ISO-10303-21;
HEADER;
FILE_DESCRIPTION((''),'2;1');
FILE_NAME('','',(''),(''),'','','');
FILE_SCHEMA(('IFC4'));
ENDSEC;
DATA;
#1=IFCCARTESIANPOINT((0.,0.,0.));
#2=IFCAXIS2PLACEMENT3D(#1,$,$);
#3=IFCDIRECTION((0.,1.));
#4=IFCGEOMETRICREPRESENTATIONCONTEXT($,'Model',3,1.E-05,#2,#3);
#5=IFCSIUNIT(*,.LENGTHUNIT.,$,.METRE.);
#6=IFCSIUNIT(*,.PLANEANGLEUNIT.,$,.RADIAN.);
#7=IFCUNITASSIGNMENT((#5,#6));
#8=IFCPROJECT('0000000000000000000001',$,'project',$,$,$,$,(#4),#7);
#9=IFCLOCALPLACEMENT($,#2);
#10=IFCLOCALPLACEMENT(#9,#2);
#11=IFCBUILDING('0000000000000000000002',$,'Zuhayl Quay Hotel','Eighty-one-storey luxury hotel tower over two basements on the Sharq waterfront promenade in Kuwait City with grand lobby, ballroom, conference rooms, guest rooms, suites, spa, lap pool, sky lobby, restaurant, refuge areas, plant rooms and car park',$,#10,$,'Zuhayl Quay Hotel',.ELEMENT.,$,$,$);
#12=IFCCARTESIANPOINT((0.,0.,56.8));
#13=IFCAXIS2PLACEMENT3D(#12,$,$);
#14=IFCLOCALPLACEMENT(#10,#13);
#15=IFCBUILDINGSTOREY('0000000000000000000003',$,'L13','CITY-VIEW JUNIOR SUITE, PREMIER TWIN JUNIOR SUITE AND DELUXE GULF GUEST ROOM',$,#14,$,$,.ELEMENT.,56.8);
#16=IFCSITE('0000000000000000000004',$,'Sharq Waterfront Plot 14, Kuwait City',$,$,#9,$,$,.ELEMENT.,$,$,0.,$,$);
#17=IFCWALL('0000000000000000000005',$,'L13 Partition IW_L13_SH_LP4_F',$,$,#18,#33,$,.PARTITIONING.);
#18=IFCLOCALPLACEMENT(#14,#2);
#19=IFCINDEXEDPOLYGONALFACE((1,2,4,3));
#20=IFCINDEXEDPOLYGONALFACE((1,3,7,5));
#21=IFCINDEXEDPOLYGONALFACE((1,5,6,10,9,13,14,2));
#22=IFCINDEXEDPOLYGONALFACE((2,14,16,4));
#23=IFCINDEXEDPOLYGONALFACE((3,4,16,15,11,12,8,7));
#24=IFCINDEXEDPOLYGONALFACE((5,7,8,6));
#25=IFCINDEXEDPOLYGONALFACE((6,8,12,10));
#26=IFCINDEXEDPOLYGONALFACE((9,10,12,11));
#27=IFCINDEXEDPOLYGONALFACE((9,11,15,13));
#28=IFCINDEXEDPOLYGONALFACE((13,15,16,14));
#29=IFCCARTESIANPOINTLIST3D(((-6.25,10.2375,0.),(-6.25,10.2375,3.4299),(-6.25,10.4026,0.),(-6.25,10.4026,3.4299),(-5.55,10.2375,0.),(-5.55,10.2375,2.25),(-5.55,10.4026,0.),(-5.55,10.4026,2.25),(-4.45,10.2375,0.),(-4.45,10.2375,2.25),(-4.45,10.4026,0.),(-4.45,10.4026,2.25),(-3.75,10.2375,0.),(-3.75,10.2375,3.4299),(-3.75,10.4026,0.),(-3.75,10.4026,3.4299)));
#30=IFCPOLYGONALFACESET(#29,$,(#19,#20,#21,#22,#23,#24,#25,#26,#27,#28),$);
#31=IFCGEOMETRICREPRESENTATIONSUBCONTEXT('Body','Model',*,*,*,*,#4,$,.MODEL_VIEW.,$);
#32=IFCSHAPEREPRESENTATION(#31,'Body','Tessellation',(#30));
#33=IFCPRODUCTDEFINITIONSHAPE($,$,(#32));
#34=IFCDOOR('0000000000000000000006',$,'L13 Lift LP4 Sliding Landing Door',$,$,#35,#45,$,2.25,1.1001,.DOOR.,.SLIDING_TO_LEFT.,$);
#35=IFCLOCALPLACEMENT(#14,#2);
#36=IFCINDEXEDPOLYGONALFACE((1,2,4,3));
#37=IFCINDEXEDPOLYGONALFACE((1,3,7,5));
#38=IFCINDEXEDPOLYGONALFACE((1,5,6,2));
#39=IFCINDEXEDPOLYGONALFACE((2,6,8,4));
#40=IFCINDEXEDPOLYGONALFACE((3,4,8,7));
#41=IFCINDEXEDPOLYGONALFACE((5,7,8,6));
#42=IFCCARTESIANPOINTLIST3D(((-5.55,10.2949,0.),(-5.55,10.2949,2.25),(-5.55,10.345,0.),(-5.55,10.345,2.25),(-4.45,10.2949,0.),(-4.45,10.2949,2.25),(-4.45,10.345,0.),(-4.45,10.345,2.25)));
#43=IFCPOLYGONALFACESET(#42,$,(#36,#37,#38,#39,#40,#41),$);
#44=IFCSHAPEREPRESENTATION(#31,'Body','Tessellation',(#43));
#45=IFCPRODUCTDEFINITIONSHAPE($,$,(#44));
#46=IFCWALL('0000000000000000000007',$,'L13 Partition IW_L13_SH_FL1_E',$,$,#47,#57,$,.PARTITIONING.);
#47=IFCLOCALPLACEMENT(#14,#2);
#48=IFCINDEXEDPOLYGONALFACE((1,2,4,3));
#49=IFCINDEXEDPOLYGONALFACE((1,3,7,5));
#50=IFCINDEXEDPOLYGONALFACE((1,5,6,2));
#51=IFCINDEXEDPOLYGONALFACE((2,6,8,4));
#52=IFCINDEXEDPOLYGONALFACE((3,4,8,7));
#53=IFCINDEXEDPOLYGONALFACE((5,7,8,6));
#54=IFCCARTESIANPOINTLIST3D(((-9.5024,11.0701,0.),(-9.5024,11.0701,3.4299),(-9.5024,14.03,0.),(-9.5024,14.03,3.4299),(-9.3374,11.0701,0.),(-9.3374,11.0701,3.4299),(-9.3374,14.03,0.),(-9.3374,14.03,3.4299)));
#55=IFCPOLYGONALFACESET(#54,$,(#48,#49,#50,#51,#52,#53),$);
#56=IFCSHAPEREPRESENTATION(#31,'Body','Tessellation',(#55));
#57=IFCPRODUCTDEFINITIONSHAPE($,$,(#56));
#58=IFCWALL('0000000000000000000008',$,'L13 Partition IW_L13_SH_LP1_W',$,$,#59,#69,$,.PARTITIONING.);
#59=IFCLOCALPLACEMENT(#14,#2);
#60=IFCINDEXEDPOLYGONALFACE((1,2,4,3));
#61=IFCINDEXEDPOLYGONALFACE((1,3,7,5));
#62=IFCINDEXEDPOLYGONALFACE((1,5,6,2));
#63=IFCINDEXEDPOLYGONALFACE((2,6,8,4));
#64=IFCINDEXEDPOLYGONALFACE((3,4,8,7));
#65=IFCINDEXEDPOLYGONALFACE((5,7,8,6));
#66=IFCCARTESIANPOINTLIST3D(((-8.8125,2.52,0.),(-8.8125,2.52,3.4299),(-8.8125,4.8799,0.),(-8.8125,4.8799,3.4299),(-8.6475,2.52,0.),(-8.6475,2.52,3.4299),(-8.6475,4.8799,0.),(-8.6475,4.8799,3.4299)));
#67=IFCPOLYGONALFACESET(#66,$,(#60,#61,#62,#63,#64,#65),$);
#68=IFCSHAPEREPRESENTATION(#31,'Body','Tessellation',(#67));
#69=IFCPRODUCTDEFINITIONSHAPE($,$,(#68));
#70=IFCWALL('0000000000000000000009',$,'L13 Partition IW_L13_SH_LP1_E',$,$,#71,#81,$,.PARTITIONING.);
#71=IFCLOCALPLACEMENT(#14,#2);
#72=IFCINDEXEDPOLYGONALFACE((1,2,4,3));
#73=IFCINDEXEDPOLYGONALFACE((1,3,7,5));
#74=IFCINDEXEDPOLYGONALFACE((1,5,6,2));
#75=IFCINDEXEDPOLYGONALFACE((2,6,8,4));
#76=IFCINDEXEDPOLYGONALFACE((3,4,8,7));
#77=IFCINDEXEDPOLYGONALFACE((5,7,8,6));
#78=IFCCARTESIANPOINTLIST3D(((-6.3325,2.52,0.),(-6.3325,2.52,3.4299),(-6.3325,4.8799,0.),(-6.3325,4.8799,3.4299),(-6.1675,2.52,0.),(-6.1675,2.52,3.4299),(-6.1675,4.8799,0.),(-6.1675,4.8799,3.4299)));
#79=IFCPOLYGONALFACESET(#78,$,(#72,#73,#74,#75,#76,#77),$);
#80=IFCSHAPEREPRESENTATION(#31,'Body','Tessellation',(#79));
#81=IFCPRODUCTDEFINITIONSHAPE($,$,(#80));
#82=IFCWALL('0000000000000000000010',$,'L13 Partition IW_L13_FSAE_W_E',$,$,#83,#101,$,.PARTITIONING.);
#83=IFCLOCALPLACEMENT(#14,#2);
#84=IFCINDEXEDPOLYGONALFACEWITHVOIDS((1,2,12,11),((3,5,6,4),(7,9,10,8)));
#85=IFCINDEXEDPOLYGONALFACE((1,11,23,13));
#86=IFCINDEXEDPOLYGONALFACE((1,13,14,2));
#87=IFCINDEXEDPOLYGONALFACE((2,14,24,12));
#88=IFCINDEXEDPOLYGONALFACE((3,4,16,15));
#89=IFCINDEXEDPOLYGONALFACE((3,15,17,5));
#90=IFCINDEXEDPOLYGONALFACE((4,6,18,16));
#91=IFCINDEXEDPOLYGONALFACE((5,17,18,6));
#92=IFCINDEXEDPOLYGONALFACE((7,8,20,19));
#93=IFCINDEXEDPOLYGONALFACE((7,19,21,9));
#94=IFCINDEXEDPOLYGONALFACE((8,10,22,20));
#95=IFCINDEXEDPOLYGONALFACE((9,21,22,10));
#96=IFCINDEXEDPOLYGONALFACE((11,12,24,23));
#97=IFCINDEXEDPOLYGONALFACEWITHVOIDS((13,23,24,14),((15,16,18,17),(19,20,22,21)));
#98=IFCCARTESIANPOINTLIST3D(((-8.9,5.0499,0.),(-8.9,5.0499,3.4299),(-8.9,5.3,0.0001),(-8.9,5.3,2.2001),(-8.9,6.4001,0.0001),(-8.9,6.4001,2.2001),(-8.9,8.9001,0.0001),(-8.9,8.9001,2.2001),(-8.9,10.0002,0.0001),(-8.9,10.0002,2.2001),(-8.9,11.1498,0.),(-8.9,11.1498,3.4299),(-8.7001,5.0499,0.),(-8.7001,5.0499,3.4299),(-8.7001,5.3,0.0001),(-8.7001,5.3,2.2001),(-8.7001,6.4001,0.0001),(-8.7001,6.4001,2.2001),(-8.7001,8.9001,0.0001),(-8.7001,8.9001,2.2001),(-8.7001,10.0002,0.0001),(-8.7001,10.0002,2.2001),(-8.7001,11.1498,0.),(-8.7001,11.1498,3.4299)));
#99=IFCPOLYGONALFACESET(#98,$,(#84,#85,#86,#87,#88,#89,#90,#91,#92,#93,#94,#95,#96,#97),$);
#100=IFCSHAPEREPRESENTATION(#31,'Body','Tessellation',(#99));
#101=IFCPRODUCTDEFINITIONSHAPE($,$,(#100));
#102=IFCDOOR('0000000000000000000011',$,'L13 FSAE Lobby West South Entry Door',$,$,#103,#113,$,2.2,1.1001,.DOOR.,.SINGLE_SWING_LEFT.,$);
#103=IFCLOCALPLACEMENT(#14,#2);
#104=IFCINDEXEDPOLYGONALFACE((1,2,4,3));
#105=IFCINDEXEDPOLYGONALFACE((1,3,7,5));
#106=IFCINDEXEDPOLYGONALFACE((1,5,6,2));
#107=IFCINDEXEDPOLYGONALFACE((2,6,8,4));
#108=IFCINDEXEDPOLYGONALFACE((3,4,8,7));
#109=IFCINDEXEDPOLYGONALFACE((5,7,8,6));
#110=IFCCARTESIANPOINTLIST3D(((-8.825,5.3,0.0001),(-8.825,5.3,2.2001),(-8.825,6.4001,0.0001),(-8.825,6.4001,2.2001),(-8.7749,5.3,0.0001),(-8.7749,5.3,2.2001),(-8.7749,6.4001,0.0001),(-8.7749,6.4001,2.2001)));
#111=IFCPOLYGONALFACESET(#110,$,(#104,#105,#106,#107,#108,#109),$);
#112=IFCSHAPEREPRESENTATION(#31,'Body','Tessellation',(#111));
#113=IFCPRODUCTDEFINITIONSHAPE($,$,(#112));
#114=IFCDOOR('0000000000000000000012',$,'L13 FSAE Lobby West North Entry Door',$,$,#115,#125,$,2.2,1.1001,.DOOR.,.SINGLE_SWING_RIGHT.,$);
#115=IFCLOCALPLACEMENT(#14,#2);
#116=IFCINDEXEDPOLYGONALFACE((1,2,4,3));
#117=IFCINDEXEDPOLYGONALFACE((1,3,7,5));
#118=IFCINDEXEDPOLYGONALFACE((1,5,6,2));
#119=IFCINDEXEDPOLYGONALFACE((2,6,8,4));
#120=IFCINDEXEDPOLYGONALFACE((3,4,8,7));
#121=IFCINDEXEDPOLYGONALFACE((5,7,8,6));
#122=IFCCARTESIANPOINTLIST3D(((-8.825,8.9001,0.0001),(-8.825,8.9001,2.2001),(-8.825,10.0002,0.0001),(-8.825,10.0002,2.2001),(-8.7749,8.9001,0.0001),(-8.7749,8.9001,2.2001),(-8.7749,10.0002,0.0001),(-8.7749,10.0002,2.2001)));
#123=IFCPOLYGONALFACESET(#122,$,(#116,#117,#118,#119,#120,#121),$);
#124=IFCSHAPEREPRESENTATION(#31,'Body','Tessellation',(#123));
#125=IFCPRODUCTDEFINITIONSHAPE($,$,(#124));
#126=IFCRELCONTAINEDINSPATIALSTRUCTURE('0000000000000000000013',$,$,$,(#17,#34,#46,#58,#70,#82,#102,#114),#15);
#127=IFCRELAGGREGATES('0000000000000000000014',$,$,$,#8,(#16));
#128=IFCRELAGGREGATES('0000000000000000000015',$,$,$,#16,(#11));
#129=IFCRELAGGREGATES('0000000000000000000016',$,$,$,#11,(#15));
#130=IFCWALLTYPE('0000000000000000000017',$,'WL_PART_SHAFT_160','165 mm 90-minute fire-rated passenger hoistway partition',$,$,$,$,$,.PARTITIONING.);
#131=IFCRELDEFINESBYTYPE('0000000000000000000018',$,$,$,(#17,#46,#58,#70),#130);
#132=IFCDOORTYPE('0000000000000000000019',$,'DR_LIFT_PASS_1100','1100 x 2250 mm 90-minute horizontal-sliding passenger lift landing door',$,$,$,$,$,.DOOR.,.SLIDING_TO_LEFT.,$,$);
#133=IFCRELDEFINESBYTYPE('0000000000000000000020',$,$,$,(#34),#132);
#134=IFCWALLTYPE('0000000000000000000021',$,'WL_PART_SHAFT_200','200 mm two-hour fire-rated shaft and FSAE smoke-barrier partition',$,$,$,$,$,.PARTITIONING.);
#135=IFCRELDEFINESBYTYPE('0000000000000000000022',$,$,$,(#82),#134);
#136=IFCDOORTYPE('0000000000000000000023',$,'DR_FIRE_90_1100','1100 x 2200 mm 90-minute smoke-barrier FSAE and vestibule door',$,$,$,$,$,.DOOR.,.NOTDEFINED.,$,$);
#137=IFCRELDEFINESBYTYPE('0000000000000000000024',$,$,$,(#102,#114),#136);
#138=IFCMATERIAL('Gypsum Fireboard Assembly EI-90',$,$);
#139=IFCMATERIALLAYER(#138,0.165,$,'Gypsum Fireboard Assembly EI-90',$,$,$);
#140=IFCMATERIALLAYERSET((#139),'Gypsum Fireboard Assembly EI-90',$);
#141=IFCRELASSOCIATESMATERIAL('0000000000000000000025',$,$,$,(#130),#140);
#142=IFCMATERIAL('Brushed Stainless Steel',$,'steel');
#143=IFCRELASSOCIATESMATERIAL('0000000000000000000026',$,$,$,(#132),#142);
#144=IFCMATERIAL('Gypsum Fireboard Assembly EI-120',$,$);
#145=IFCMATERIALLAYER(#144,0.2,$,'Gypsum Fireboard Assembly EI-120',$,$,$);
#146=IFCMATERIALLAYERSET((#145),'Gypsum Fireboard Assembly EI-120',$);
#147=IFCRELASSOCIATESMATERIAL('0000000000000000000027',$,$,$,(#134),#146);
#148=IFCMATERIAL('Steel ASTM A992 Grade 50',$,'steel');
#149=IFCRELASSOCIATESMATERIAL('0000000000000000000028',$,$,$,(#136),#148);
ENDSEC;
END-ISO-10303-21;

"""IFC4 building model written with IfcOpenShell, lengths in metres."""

from ifc_helpers import new_model, si_unit, direction, frame, frame_2d, origin, place, context, subcontext, project, spatial, rectangle, extrude, material, layer, layer_set, type_object, element, fill, save


model = new_model("IFC4")

# Units and contexts
model_context = context("Model", 3, precision=1e-05, world=origin(), true_north=direction((0.0, 1.0)))
body_context = subcontext(model_context, "Body", "Model", "MODEL_VIEW")
ifc_project = project(units=[si_unit("LENGTHUNIT", "METRE"), si_unit("PLANEANGLEUNIT", "RADIAN")], contexts=[model_context])

# Site, building, storey
site_placement = place(None, origin())
site = spatial("IfcSite", under=ifc_project, at=site_placement, Name="Sharq Waterfront Plot 14, Kuwait City", CompositionType="ELEMENT", RefElevation=0.0)
building_placement = place(site_placement, origin())
building = spatial("IfcBuilding", under=site, at=building_placement, Name="Zuhayl Quay Hotel", Description="Eighty-one-storey luxury hotel tower over two basements on the Sharq waterfront promenade in Kuwait City with grand lobby, ballroom, conference rooms, guest rooms, suites, spa, lap pool, sky lobby, restaurant, refuge areas, plant rooms and car park", LongName="Zuhayl Quay Hotel", CompositionType="ELEMENT")
storey_placement = place(building_placement, frame((0.0, 0.0, 56.8)))
storey = spatial("IfcBuildingStorey", under=building, at=storey_placement, Name="L13", Description="CITY-VIEW JUNIOR SUITE, PREMIER TWIN JUNIOR SUITE AND DELUXE GULF GUEST ROOM", CompositionType="ELEMENT", Elevation=56.8)

# Shared definitions
ifc_material_1 = material(Name="Steel ASTM A992 Grade 50", Category="steel")

# Wall, opening, door
ifc_material_2 = material(Name="Gypsum Fireboard Assembly EI-90")
ifc_layer_1 = layer(ifc_material_2, 0.165, Name="Gypsum Fireboard Assembly EI-90")
ifc_layer_set_1 = layer_set([ifc_layer_1], Name="Gypsum Fireboard Assembly EI-90")
wall_type_1 = type_object("IfcWallType", Name="WL_PART_SHAFT_160", Description="165 mm 90-minute fire-rated passenger hoistway partition", PredefinedType="PARTITIONING", material=ifc_layer_set_1)
ifc_material_3 = material(Name="Brushed Stainless Steel", Category="steel")
door_type_1 = type_object("IfcDoorType", Name="DR_LIFT_PASS_1100", Description="1100 x 2250 mm 90-minute horizontal-sliding passenger lift landing door", OperationType="SLIDING_TO_LEFT", PredefinedType="DOOR", material=ifc_material_3)
wall_1_placement = place(storey_placement, frame((-6.25, 10.3201, 0.0), z_axis=(0.0, 0.0, 1.0), x_axis=(1.0, 0.0, 0.0)))
wall_1 = element("IfcWall", 1, at=wall_1_placement, inside=storey, type_object=wall_type_1, Name="L13 Partition IW_L13_SH_LP4_F", PredefinedType="PARTITIONING", context=body_context, shape_type="SweptSolid", body=[
    extrude(rectangle(XDim=2.5, YDim=0.165, at=frame_2d((1.25, 0.0))), origin(), (0.0, 0.0, 1.0), 3.4299),
])
opening_1_placement = place(wall_1_placement, frame((0.7, 0.0, 0.0)))
opening_1 = element("IfcOpeningElement", 2, at=opening_1_placement, cuts=wall_1, PredefinedType="OPENING", context=body_context, shape_type="SweptSolid", body=[
    extrude(rectangle(XDim=1.1001, YDim=2.25, at=frame_2d((0.55, 1.125))), frame((0.0, 0.0925, 0.0), z_axis=(0.0, -1.0, 0.0), x_axis=(1.0, 0.0, 0.0)), (0.0, 0.0, 1.0), 0.1851),
])
door_1_placement = place(opening_1_placement, origin())
door_1 = element("IfcDoor", 3, at=door_1_placement, inside=storey, type_object=door_type_1, Name="L13 Lift LP4 Sliding Landing Door", OperationType="SLIDING_TO_LEFT", OverallHeight=2.25, OverallWidth=1.1001, PredefinedType="DOOR", context=body_context, shape_type="SweptSolid", body=[
    extrude(rectangle(XDim=1.1001, YDim=2.25, at=frame_2d((0.55, 1.125))), frame((0.0, 0.0249, 0.0), z_axis=(0.0, -1.0, 0.0), x_axis=(1.0, 0.0, 0.0)), (0.0, 0.0, 1.0), 0.05),
])
fill(opening_1, door_1)

# Walls
wall_2_placement = place(storey_placement, frame((-9.4199, 11.0701, 0.0), z_axis=(0.0, 0.0, 1.0), x_axis=(0.0, 1.0, 0.0)))
element("IfcWall", 4, at=wall_2_placement, inside=storey, type_object=wall_type_1, Name="L13 Partition IW_L13_SH_FL1_E", PredefinedType="PARTITIONING", context=body_context, shape_type="SweptSolid", body=[
    extrude(rectangle(XDim=2.96, YDim=0.165, at=frame_2d((1.48, 0.0))), origin(), (0.0, 0.0, 1.0), 3.4299),
])
for number, where, z_axis, x_axis, name in (
    (5, (-8.73, 2.52, 0.0), (0.0, 0.0, 1.0), (0.0, 1.0, 0.0), "L13 Partition IW_L13_SH_LP1_W"),
    (6, (-6.25, 2.52, 0.0), (0.0, 0.0, 1.0), (0.0, 1.0, 0.0), "L13 Partition IW_L13_SH_LP1_E"),
):
    element("IfcWall", number, at=place(storey_placement, frame(where, z_axis=z_axis, x_axis=x_axis)), inside=storey, type_object=wall_type_1, Name=name, PredefinedType="PARTITIONING", context=body_context, shape_type="SweptSolid", body=[
        extrude(rectangle(XDim=2.3599, YDim=0.165, at=frame_2d((1.1799, 0.0))), origin(), (0.0, 0.0, 1.0), 3.4299),
    ])

# Wall, openings, doors
ifc_material_4 = material(Name="Gypsum Fireboard Assembly EI-120")
ifc_layer_2 = layer(ifc_material_4, 0.2, Name="Gypsum Fireboard Assembly EI-120")
ifc_layer_set_2 = layer_set([ifc_layer_2], Name="Gypsum Fireboard Assembly EI-120")
wall_type_2 = type_object("IfcWallType", Name="WL_PART_SHAFT_200", Description="200 mm two-hour fire-rated shaft and FSAE smoke-barrier partition", PredefinedType="PARTITIONING", material=ifc_layer_set_2)
wall_3_placement = place(storey_placement, frame((-8.8, 5.05, 0.0), z_axis=(0.0, 0.0, 1.0), x_axis=(0.0, 1.0, 0.0)))
wall_3 = element("IfcWall", 7, at=wall_3_placement, inside=storey, type_object=wall_type_2, Name="L13 Partition IW_L13_FSAE_W_E", PredefinedType="PARTITIONING", context=body_context, shape_type="SweptSolid", body=[
    extrude(rectangle(XDim=6.0999, YDim=0.2, at=frame_2d((3.0498, 0.0))), origin(), (0.0, 0.0, 1.0), 3.4299),
])
opening_2_placement = place(wall_3_placement, frame((0.25, 0.0, 0.0)))
opening_2 = element("IfcOpeningElement", 8, at=opening_2_placement, cuts=wall_3, PredefinedType="OPENING", context=body_context, shape_type="SweptSolid", body=[
    extrude(rectangle(XDim=1.1001, YDim=2.2, at=frame_2d((0.55, 1.1001))), frame((0.0, 0.1099, 0.0), z_axis=(0.0, -1.0, 0.0), x_axis=(1.0, 0.0, 0.0)), (0.0, 0.0, 1.0), 0.22),
])
opening_3_placement = place(wall_3_placement, frame((3.8501, 0.0, 0.0)))
opening_3 = element("IfcOpeningElement", 9, at=opening_3_placement, cuts=wall_3, PredefinedType="OPENING", context=body_context, shape_type="SweptSolid", body=[
    extrude(rectangle(XDim=1.1001, YDim=2.2, at=frame_2d((0.55, 1.1001))), frame((0.0, 0.1099, 0.0), z_axis=(0.0, -1.0, 0.0), x_axis=(1.0, 0.0, 0.0)), (0.0, 0.0, 1.0), 0.22),
])
door_type_2 = type_object("IfcDoorType", Name="DR_FIRE_90_1100", Description="1100 x 2200 mm 90-minute smoke-barrier FSAE and vestibule door", OperationType="NOTDEFINED", PredefinedType="DOOR", material=ifc_material_1)
door_2_placement = place(opening_2_placement, origin())
door_2 = element("IfcDoor", 10, at=door_2_placement, inside=storey, type_object=door_type_2, Name="L13 FSAE Lobby West South Entry Door", OperationType="SINGLE_SWING_LEFT", OverallHeight=2.2, OverallWidth=1.1001, PredefinedType="DOOR", context=body_context, shape_type="SweptSolid", body=[
    extrude(rectangle(XDim=1.1001, YDim=2.2, at=frame_2d((0.55, 1.1001))), frame((0.0, 0.0249, 0.0), z_axis=(0.0, -1.0, 0.0), x_axis=(1.0, 0.0, 0.0)), (0.0, 0.0, 1.0), 0.05),
])
fill(opening_2, door_2)
door_3_placement = place(opening_3_placement, origin())
door_3 = element("IfcDoor", 11, at=door_3_placement, inside=storey, type_object=door_type_2, Name="L13 FSAE Lobby West North Entry Door", OperationType="SINGLE_SWING_RIGHT", OverallHeight=2.2, OverallWidth=1.1001, PredefinedType="DOOR", context=body_context, shape_type="SweptSolid", body=[
    extrude(rectangle(XDim=1.1001, YDim=2.2, at=frame_2d((0.55, 1.1001))), frame((0.0, 0.0249, 0.0), z_axis=(0.0, -1.0, 0.0), x_axis=(1.0, 0.0, 0.0)), (0.0, 0.0, 1.0), 0.05),
])
fill(opening_3, door_3)

save(model, "model.ifc")
